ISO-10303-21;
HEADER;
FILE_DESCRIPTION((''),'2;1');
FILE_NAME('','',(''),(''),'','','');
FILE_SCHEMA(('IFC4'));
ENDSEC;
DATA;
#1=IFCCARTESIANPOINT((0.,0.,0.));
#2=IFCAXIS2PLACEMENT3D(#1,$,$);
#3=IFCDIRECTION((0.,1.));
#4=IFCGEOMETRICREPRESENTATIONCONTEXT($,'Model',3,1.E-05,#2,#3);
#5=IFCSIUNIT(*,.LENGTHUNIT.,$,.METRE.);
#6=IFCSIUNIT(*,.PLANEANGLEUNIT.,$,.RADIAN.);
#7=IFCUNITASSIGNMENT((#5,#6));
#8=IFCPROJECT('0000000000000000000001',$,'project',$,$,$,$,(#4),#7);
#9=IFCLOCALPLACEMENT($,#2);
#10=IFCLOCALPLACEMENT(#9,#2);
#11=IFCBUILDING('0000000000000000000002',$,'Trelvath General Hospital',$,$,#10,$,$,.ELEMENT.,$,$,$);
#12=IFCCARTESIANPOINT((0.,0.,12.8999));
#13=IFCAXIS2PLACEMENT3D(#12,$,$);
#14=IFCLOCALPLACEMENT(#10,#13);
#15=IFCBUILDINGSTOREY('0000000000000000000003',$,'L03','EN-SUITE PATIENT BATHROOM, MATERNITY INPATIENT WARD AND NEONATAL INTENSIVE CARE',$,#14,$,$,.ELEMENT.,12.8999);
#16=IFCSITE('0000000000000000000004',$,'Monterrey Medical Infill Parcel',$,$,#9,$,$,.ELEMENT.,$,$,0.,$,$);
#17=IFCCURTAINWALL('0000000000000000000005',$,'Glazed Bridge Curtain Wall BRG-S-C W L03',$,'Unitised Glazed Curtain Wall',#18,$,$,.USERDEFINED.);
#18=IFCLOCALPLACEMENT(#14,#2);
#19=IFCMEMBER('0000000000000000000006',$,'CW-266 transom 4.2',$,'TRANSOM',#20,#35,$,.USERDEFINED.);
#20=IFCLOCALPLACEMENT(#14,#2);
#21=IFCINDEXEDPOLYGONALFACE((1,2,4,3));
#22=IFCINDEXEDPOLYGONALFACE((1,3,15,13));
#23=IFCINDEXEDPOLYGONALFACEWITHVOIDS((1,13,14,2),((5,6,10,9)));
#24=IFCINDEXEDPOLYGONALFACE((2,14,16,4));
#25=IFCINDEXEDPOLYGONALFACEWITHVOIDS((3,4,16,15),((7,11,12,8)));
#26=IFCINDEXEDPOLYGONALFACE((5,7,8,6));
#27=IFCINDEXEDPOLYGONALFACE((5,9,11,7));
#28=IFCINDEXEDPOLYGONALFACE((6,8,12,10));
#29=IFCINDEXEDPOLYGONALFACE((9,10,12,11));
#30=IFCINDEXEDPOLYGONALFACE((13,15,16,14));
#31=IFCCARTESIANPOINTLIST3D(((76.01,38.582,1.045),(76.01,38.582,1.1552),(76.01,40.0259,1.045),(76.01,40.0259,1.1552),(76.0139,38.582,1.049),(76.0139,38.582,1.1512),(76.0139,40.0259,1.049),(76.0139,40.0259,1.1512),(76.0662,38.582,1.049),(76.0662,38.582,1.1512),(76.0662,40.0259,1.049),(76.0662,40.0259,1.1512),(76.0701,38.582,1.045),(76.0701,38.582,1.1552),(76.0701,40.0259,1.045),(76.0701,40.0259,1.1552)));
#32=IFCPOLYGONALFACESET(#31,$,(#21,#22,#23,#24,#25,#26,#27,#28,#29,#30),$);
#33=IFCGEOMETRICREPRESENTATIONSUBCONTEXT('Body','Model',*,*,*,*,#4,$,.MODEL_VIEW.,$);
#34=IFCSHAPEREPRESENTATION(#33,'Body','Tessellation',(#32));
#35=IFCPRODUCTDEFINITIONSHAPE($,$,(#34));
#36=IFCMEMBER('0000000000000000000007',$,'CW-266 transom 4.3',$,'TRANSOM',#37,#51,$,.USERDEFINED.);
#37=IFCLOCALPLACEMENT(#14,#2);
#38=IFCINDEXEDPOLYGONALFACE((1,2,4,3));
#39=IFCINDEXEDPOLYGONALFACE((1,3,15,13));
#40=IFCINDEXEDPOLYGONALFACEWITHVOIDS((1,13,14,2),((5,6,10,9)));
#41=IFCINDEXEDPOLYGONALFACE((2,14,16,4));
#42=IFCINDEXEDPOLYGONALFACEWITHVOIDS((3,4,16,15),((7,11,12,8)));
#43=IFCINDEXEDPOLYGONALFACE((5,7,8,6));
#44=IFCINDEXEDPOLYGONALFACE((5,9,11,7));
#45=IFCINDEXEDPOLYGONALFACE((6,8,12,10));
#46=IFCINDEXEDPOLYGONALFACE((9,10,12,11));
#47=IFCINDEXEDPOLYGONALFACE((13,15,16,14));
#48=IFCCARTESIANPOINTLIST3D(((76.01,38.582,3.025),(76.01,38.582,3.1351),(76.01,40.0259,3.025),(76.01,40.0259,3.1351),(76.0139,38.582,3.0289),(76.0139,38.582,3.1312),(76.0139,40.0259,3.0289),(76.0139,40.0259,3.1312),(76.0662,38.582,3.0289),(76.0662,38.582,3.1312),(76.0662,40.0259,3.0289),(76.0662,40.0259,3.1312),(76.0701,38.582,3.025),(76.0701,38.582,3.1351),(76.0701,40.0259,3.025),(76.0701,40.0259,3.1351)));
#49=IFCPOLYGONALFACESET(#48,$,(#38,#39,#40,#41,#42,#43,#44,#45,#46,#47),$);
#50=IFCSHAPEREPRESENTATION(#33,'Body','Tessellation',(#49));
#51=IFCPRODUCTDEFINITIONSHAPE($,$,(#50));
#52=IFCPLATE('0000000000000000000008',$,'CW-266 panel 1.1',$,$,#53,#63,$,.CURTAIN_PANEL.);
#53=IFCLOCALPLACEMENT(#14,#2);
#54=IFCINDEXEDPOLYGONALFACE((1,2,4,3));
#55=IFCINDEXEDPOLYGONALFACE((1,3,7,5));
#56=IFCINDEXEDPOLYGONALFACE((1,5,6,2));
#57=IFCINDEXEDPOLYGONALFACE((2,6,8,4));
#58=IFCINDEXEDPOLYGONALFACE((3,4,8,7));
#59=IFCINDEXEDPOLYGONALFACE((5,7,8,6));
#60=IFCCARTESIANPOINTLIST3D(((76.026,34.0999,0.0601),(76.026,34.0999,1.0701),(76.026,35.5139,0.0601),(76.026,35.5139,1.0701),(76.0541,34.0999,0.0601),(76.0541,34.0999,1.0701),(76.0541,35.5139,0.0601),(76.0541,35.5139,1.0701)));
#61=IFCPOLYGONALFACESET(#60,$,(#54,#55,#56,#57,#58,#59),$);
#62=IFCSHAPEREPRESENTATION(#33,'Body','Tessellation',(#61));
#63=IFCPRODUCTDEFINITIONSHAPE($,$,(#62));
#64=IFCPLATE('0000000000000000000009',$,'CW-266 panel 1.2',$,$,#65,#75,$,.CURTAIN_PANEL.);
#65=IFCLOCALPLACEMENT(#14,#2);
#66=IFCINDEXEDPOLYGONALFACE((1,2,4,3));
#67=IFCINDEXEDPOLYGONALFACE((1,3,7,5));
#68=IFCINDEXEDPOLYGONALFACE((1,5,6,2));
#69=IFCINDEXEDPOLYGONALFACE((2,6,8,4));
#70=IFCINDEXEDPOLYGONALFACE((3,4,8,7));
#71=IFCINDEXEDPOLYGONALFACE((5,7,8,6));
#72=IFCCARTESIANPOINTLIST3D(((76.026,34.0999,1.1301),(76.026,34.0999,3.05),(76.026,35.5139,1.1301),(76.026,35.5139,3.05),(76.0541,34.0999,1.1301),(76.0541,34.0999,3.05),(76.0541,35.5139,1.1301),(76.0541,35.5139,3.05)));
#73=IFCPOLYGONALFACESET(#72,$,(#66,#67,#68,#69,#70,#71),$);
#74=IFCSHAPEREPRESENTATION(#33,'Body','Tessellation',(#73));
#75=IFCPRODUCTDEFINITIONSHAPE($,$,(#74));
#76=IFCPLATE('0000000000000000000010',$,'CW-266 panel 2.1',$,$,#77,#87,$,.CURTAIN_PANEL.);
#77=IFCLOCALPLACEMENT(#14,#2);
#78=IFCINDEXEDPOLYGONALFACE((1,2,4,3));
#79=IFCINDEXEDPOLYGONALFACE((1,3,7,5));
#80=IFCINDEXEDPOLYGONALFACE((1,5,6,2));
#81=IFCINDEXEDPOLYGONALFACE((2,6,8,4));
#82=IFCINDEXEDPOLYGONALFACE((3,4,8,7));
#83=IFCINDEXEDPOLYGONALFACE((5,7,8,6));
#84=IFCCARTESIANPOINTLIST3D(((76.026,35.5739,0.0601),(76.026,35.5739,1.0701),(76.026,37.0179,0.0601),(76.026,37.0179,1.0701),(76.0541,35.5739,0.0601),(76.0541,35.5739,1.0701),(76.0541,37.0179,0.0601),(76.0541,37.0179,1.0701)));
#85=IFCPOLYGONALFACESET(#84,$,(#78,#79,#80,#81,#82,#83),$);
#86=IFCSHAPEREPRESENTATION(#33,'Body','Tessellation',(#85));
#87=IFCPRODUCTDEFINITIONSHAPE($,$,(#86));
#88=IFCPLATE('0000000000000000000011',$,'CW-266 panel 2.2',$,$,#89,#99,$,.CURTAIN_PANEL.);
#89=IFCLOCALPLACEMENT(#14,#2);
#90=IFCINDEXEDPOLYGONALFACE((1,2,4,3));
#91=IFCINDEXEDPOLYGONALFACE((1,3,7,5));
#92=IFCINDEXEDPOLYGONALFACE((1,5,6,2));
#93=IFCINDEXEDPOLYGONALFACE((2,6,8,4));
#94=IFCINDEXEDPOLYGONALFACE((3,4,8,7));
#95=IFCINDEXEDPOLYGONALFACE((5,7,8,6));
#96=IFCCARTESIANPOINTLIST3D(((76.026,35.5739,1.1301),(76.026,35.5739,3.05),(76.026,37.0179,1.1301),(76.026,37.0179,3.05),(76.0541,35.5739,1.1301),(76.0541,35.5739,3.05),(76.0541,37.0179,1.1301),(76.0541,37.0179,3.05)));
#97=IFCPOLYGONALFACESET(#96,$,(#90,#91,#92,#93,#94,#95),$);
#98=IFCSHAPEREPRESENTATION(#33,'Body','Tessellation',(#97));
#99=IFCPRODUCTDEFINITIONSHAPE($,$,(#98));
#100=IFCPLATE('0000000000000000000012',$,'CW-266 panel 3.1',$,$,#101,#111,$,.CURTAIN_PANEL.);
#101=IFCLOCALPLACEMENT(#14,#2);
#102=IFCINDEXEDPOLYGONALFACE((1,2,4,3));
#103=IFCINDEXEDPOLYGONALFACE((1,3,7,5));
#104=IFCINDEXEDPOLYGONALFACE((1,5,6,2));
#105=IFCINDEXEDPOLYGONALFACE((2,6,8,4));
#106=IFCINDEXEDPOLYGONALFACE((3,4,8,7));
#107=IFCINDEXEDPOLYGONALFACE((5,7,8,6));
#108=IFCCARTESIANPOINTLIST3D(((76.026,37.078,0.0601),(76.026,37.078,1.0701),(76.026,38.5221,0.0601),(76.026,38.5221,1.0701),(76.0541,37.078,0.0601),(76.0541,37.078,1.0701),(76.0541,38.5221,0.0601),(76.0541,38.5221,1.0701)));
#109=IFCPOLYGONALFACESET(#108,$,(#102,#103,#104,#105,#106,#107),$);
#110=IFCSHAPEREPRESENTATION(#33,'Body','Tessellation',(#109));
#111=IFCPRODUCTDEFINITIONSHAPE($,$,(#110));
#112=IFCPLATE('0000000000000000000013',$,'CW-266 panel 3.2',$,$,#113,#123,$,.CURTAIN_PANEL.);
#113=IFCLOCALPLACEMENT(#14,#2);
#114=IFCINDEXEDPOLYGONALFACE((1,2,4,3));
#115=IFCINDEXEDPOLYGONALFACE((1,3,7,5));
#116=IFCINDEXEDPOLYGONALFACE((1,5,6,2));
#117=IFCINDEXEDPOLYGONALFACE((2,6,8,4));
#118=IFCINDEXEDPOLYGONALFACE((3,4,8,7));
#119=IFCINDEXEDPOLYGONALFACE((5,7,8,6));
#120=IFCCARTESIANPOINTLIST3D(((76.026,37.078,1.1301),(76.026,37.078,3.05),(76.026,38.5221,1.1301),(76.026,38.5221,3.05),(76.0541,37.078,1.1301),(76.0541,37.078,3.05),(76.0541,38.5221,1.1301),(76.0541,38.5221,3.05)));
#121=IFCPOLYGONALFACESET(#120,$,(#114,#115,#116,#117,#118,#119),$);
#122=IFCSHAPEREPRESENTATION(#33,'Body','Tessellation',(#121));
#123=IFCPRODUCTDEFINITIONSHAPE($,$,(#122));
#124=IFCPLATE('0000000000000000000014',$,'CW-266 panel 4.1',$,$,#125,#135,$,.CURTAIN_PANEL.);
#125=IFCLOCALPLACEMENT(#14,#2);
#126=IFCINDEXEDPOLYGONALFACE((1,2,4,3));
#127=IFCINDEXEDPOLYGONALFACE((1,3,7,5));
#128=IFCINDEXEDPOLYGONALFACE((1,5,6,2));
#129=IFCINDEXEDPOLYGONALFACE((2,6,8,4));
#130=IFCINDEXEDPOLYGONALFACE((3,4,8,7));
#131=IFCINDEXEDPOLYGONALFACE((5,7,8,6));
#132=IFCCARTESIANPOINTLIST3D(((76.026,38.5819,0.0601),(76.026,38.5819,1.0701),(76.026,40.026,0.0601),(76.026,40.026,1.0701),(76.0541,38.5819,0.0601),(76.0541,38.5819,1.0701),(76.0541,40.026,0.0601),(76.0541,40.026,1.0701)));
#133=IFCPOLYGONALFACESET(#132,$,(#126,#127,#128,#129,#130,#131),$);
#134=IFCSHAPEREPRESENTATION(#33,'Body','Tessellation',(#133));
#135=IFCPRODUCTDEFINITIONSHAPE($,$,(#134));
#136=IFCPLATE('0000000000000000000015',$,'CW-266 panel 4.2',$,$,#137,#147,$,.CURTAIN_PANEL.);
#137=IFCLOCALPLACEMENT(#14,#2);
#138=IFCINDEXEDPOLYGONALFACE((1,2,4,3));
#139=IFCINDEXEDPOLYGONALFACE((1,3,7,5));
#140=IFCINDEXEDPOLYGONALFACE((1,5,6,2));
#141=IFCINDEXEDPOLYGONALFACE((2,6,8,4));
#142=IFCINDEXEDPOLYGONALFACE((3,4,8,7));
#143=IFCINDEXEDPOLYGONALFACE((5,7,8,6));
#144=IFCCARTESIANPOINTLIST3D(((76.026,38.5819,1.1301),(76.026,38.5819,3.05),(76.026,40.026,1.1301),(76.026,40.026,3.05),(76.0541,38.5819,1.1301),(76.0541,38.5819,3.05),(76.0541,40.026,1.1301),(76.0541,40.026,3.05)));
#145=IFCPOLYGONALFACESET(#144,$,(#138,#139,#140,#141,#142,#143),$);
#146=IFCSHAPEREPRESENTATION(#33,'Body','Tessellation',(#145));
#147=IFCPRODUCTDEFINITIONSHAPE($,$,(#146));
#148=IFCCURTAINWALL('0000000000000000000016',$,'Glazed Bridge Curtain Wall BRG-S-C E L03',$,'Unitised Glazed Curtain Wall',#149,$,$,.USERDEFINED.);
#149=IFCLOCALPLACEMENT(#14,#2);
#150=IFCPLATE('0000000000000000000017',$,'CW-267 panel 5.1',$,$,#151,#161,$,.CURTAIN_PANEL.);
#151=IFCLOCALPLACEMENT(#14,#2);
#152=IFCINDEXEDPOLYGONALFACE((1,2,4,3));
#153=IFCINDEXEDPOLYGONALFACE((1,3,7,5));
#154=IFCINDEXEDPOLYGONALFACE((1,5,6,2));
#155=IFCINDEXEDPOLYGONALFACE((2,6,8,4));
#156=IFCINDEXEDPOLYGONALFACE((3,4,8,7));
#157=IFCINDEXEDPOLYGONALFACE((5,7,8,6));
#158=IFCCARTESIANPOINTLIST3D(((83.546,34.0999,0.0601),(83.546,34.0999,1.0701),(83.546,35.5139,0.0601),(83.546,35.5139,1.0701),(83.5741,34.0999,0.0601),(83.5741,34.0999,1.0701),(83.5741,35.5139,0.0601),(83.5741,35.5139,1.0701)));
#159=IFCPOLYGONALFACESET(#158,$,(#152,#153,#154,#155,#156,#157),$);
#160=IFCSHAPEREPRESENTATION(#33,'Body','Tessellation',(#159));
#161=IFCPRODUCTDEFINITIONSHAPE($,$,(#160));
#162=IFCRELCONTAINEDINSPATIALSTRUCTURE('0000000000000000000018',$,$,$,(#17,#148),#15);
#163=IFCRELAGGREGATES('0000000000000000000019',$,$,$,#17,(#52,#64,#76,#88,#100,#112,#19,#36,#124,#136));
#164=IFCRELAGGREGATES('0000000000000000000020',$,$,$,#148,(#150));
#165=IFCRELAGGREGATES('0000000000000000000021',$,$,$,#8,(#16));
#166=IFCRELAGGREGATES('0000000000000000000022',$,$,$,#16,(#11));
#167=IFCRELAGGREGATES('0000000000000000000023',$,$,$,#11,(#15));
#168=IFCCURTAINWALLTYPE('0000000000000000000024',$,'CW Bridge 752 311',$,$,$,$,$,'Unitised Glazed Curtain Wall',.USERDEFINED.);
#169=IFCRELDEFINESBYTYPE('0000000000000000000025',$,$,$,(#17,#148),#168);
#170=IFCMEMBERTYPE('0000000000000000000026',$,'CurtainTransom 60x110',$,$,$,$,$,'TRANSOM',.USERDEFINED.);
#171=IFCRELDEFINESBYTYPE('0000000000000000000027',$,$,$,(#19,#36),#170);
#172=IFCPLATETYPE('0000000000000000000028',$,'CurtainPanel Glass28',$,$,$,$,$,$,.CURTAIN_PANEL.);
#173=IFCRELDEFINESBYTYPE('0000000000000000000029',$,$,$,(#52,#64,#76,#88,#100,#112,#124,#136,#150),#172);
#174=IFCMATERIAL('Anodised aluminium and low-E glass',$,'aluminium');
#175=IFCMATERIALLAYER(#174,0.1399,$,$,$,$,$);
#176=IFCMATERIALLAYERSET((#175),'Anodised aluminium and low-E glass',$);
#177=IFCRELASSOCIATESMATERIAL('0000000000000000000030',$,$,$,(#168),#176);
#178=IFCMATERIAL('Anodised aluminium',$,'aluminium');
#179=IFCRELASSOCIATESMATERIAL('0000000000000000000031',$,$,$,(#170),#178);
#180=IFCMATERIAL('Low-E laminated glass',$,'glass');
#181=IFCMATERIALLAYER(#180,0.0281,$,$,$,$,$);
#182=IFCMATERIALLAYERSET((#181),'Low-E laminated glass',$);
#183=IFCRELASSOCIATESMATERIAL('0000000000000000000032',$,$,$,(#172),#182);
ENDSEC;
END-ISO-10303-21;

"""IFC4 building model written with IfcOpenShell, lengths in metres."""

from ifc_helpers import new_model, si_unit, direction, frame, origin, origin_2d, place, context, subcontext, project, spatial, rectangle, hollow_rectangle, extrude, material, layer, layer_set, material_profile, profile_set, type_object, element, aggregate, save


model = new_model("IFC4")

# Units and contexts
model_context = context("Model", 3, precision=1e-05, world=origin(), true_north=direction((0.0, 1.0)))
body_context = subcontext(model_context, "Body", "Model", "MODEL_VIEW")
ifc_project = project(units=[si_unit("LENGTHUNIT", "METRE"), si_unit("PLANEANGLEUNIT", "RADIAN")], contexts=[model_context])

# Site, building, storey
site_placement = place(None, origin())
site = spatial("IfcSite", under=ifc_project, at=site_placement, Name="Monterrey Medical Infill Parcel", CompositionType="ELEMENT", RefElevation=0.0)
building_placement = place(site_placement, origin())
building = spatial("IfcBuilding", under=site, at=building_placement, Name="Trelvath General Hospital", CompositionType="ELEMENT")
storey_placement = place(building_placement, frame((0.0, 0.0, 12.8999)))
storey = spatial("IfcBuildingStorey", under=building, at=storey_placement, Name="L03", Description="EN-SUITE PATIENT BATHROOM, MATERNITY INPATIENT WARD AND NEONATAL INTENSIVE CARE", CompositionType="ELEMENT", Elevation=12.8999)

# Curtain wall, members, plates
ifc_material_1 = material(Name="Anodised aluminium and low-E glass", Category="aluminium")
ifc_layer_1 = layer(ifc_material_1, 0.1399)
ifc_layer_set_1 = layer_set([ifc_layer_1], Name="Anodised aluminium and low-E glass")
curtain_wall_type = type_object("IfcCurtainWallType", Name="CW Bridge 752 311", ElementType="Unitised Glazed Curtain Wall", PredefinedType="USERDEFINED", material=ifc_layer_set_1)
curtain_wall_1_placement = place(storey_placement, origin())
curtain_wall_1 = element("IfcCurtainWall", 1, at=curtain_wall_1_placement, inside=storey, type_object=curtain_wall_type, Name="Glazed Bridge Curtain Wall BRG-S-C W L03", ObjectType="Unitised Glazed Curtain Wall", PredefinedType="USERDEFINED")
ifc_material_2 = material(Name="Anodised aluminium", Category="aluminium")
ifc_material_profile_1 = material_profile(ifc_material_2, hollow_rectangle(XDim=0.0601, YDim=0.1101, WallThickness=0.0039, at=origin_2d()), Name="RHS60x110x4")
ifc_profile_set_1 = profile_set([ifc_material_profile_1], Name="Anodised aluminium")
member_type_1 = type_object("IfcMemberType", Name="CurtainTransom 60x110", ElementType="TRANSOM", PredefinedType="USERDEFINED", material=ifc_profile_set_1)
member_1_placement = place(storey_placement, frame((76.04, 38.582, 1.1001), z_axis=(0.0, 1.0, 0.0), x_axis=(-1.0, 0.0, 0.0)))
member_1 = element("IfcMember", 2, at=member_1_placement, type_object=member_type_1, Name="CW-266 transom 4.2", ObjectType="TRANSOM", PredefinedType="USERDEFINED", context=body_context, shape_type="SweptSolid", body=[
    extrude(hollow_rectangle(XDim=0.0601, YDim=0.1101, WallThickness=0.0039, at=origin_2d()), origin(), (0.0, 0.0, 1.0), 1.4438),
])
member_2_placement = place(storey_placement, frame((76.04, 38.582, 3.0801), z_axis=(0.0, 1.0, 0.0), x_axis=(-1.0, 0.0, 0.0)))
member_2 = element("IfcMember", 3, at=member_2_placement, type_object=member_type_1, Name="CW-266 transom 4.3", ObjectType="TRANSOM", PredefinedType="USERDEFINED", context=body_context, shape_type="SweptSolid", body=[
    extrude(hollow_rectangle(XDim=0.0601, YDim=0.1101, WallThickness=0.0039, at=origin_2d()), origin(), (0.0, 0.0, 1.0), 1.4438),
])
ifc_material_3 = material(Name="Low-E laminated glass", Category="glass")
ifc_layer_2 = layer(ifc_material_3, 0.0281)
ifc_layer_set_2 = layer_set([ifc_layer_2], Name="Low-E laminated glass")
plate_type = type_object("IfcPlateType", Name="CurtainPanel Glass28", PredefinedType="CURTAIN_PANEL", material=ifc_layer_set_2)
plate_1_placement = place(storey_placement, frame((76.04, 34.8069, 0.0601), z_axis=(0.0, 0.0, 1.0), x_axis=(0.0, 1.0, 0.0)))
plate_1 = element("IfcPlate", 4, at=plate_1_placement, type_object=plate_type, Name="CW-266 panel 1.1", PredefinedType="CURTAIN_PANEL", context=body_context, shape_type="SweptSolid", body=[
    extrude(rectangle(XDim=1.4141, YDim=0.0281, at=origin_2d()), origin(), (0.0, 0.0, 1.0), 1.01),
])
plate_2_placement = place(storey_placement, frame((76.04, 34.8069, 1.1301), z_axis=(0.0, 0.0, 1.0), x_axis=(0.0, 1.0, 0.0)))
plate_2 = element("IfcPlate", 5, at=plate_2_placement, type_object=plate_type, Name="CW-266 panel 1.2", PredefinedType="CURTAIN_PANEL", context=body_context, shape_type="SweptSolid", body=[
    extrude(rectangle(XDim=1.4141, YDim=0.0281, at=origin_2d()), origin(), (0.0, 0.0, 1.0), 1.9199),
])
plate_3_placement = place(storey_placement, frame((76.04, 36.2959, 0.0601), z_axis=(0.0, 0.0, 1.0), x_axis=(0.0, 1.0, 0.0)))
plate_3 = element("IfcPlate", 6, at=plate_3_placement, type_object=plate_type, Name="CW-266 panel 2.1", PredefinedType="CURTAIN_PANEL", context=body_context, shape_type="SweptSolid", body=[
    extrude(rectangle(XDim=1.4441, YDim=0.0281, at=origin_2d()), origin(), (0.0, 0.0, 1.0), 1.01),
])
plate_4_placement = place(storey_placement, frame((76.04, 36.2959, 1.1301), z_axis=(0.0, 0.0, 1.0), x_axis=(0.0, 1.0, 0.0)))
plate_4 = element("IfcPlate", 7, at=plate_4_placement, type_object=plate_type, Name="CW-266 panel 2.2", PredefinedType="CURTAIN_PANEL", context=body_context, shape_type="SweptSolid", body=[
    extrude(rectangle(XDim=1.4441, YDim=0.0281, at=origin_2d()), origin(), (0.0, 0.0, 1.0), 1.9199),
])
plate_5_placement = place(storey_placement, frame((76.04, 37.8, 0.0601), z_axis=(0.0, 0.0, 1.0), x_axis=(0.0, 1.0, 0.0)))
plate_5 = element("IfcPlate", 8, at=plate_5_placement, type_object=plate_type, Name="CW-266 panel 3.1", PredefinedType="CURTAIN_PANEL", context=body_context, shape_type="SweptSolid", body=[
    extrude(rectangle(XDim=1.4441, YDim=0.0281, at=origin_2d()), origin(), (0.0, 0.0, 1.0), 1.01),
])
plate_6_placement = place(storey_placement, frame((76.04, 37.8, 1.1301), z_axis=(0.0, 0.0, 1.0), x_axis=(0.0, 1.0, 0.0)))
plate_6 = element("IfcPlate", 9, at=plate_6_placement, type_object=plate_type, Name="CW-266 panel 3.2", PredefinedType="CURTAIN_PANEL", context=body_context, shape_type="SweptSolid", body=[
    extrude(rectangle(XDim=1.4441, YDim=0.0281, at=origin_2d()), origin(), (0.0, 0.0, 1.0), 1.9199),
])
plate_7_placement = place(storey_placement, frame((76.04, 39.304, 0.0601), z_axis=(0.0, 0.0, 1.0), x_axis=(0.0, 1.0, 0.0)))
plate_7 = element("IfcPlate", 10, at=plate_7_placement, type_object=plate_type, Name="CW-266 panel 4.1", PredefinedType="CURTAIN_PANEL", context=body_context, shape_type="SweptSolid", body=[
    extrude(rectangle(XDim=1.4441, YDim=0.0281, at=origin_2d()), origin(), (0.0, 0.0, 1.0), 1.01),
])
plate_8_placement = place(storey_placement, frame((76.04, 39.304, 1.1301), z_axis=(0.0, 0.0, 1.0), x_axis=(0.0, 1.0, 0.0)))
plate_8 = element("IfcPlate", 11, at=plate_8_placement, type_object=plate_type, Name="CW-266 panel 4.2", PredefinedType="CURTAIN_PANEL", context=body_context, shape_type="SweptSolid", body=[
    extrude(rectangle(XDim=1.4441, YDim=0.0281, at=origin_2d()), origin(), (0.0, 0.0, 1.0), 1.9199),
])
aggregate(curtain_wall_1, [plate_1, plate_2, plate_3, plate_4, plate_5, plate_6, member_1, member_2, plate_7, plate_8])

# Curtain wall, plate
curtain_wall_2_placement = place(storey_placement, origin())
curtain_wall_2 = element("IfcCurtainWall", 12, at=curtain_wall_2_placement, inside=storey, type_object=curtain_wall_type, Name="Glazed Bridge Curtain Wall BRG-S-C E L03", ObjectType="Unitised Glazed Curtain Wall", PredefinedType="USERDEFINED")
plate_9_placement = place(storey_placement, frame((83.5601, 34.8069, 0.0601), z_axis=(0.0, 0.0, 1.0), x_axis=(0.0, -1.0, 0.0)))
plate_9 = element("IfcPlate", 13, at=plate_9_placement, type_object=plate_type, Name="CW-267 panel 5.1", PredefinedType="CURTAIN_PANEL", context=body_context, shape_type="SweptSolid", body=[
    extrude(rectangle(XDim=1.4141, YDim=0.0281, at=origin_2d()), origin(), (0.0, 0.0, 1.0), 1.01),
])
aggregate(curtain_wall_2, [plate_9])

save(model, "model.ifc")
